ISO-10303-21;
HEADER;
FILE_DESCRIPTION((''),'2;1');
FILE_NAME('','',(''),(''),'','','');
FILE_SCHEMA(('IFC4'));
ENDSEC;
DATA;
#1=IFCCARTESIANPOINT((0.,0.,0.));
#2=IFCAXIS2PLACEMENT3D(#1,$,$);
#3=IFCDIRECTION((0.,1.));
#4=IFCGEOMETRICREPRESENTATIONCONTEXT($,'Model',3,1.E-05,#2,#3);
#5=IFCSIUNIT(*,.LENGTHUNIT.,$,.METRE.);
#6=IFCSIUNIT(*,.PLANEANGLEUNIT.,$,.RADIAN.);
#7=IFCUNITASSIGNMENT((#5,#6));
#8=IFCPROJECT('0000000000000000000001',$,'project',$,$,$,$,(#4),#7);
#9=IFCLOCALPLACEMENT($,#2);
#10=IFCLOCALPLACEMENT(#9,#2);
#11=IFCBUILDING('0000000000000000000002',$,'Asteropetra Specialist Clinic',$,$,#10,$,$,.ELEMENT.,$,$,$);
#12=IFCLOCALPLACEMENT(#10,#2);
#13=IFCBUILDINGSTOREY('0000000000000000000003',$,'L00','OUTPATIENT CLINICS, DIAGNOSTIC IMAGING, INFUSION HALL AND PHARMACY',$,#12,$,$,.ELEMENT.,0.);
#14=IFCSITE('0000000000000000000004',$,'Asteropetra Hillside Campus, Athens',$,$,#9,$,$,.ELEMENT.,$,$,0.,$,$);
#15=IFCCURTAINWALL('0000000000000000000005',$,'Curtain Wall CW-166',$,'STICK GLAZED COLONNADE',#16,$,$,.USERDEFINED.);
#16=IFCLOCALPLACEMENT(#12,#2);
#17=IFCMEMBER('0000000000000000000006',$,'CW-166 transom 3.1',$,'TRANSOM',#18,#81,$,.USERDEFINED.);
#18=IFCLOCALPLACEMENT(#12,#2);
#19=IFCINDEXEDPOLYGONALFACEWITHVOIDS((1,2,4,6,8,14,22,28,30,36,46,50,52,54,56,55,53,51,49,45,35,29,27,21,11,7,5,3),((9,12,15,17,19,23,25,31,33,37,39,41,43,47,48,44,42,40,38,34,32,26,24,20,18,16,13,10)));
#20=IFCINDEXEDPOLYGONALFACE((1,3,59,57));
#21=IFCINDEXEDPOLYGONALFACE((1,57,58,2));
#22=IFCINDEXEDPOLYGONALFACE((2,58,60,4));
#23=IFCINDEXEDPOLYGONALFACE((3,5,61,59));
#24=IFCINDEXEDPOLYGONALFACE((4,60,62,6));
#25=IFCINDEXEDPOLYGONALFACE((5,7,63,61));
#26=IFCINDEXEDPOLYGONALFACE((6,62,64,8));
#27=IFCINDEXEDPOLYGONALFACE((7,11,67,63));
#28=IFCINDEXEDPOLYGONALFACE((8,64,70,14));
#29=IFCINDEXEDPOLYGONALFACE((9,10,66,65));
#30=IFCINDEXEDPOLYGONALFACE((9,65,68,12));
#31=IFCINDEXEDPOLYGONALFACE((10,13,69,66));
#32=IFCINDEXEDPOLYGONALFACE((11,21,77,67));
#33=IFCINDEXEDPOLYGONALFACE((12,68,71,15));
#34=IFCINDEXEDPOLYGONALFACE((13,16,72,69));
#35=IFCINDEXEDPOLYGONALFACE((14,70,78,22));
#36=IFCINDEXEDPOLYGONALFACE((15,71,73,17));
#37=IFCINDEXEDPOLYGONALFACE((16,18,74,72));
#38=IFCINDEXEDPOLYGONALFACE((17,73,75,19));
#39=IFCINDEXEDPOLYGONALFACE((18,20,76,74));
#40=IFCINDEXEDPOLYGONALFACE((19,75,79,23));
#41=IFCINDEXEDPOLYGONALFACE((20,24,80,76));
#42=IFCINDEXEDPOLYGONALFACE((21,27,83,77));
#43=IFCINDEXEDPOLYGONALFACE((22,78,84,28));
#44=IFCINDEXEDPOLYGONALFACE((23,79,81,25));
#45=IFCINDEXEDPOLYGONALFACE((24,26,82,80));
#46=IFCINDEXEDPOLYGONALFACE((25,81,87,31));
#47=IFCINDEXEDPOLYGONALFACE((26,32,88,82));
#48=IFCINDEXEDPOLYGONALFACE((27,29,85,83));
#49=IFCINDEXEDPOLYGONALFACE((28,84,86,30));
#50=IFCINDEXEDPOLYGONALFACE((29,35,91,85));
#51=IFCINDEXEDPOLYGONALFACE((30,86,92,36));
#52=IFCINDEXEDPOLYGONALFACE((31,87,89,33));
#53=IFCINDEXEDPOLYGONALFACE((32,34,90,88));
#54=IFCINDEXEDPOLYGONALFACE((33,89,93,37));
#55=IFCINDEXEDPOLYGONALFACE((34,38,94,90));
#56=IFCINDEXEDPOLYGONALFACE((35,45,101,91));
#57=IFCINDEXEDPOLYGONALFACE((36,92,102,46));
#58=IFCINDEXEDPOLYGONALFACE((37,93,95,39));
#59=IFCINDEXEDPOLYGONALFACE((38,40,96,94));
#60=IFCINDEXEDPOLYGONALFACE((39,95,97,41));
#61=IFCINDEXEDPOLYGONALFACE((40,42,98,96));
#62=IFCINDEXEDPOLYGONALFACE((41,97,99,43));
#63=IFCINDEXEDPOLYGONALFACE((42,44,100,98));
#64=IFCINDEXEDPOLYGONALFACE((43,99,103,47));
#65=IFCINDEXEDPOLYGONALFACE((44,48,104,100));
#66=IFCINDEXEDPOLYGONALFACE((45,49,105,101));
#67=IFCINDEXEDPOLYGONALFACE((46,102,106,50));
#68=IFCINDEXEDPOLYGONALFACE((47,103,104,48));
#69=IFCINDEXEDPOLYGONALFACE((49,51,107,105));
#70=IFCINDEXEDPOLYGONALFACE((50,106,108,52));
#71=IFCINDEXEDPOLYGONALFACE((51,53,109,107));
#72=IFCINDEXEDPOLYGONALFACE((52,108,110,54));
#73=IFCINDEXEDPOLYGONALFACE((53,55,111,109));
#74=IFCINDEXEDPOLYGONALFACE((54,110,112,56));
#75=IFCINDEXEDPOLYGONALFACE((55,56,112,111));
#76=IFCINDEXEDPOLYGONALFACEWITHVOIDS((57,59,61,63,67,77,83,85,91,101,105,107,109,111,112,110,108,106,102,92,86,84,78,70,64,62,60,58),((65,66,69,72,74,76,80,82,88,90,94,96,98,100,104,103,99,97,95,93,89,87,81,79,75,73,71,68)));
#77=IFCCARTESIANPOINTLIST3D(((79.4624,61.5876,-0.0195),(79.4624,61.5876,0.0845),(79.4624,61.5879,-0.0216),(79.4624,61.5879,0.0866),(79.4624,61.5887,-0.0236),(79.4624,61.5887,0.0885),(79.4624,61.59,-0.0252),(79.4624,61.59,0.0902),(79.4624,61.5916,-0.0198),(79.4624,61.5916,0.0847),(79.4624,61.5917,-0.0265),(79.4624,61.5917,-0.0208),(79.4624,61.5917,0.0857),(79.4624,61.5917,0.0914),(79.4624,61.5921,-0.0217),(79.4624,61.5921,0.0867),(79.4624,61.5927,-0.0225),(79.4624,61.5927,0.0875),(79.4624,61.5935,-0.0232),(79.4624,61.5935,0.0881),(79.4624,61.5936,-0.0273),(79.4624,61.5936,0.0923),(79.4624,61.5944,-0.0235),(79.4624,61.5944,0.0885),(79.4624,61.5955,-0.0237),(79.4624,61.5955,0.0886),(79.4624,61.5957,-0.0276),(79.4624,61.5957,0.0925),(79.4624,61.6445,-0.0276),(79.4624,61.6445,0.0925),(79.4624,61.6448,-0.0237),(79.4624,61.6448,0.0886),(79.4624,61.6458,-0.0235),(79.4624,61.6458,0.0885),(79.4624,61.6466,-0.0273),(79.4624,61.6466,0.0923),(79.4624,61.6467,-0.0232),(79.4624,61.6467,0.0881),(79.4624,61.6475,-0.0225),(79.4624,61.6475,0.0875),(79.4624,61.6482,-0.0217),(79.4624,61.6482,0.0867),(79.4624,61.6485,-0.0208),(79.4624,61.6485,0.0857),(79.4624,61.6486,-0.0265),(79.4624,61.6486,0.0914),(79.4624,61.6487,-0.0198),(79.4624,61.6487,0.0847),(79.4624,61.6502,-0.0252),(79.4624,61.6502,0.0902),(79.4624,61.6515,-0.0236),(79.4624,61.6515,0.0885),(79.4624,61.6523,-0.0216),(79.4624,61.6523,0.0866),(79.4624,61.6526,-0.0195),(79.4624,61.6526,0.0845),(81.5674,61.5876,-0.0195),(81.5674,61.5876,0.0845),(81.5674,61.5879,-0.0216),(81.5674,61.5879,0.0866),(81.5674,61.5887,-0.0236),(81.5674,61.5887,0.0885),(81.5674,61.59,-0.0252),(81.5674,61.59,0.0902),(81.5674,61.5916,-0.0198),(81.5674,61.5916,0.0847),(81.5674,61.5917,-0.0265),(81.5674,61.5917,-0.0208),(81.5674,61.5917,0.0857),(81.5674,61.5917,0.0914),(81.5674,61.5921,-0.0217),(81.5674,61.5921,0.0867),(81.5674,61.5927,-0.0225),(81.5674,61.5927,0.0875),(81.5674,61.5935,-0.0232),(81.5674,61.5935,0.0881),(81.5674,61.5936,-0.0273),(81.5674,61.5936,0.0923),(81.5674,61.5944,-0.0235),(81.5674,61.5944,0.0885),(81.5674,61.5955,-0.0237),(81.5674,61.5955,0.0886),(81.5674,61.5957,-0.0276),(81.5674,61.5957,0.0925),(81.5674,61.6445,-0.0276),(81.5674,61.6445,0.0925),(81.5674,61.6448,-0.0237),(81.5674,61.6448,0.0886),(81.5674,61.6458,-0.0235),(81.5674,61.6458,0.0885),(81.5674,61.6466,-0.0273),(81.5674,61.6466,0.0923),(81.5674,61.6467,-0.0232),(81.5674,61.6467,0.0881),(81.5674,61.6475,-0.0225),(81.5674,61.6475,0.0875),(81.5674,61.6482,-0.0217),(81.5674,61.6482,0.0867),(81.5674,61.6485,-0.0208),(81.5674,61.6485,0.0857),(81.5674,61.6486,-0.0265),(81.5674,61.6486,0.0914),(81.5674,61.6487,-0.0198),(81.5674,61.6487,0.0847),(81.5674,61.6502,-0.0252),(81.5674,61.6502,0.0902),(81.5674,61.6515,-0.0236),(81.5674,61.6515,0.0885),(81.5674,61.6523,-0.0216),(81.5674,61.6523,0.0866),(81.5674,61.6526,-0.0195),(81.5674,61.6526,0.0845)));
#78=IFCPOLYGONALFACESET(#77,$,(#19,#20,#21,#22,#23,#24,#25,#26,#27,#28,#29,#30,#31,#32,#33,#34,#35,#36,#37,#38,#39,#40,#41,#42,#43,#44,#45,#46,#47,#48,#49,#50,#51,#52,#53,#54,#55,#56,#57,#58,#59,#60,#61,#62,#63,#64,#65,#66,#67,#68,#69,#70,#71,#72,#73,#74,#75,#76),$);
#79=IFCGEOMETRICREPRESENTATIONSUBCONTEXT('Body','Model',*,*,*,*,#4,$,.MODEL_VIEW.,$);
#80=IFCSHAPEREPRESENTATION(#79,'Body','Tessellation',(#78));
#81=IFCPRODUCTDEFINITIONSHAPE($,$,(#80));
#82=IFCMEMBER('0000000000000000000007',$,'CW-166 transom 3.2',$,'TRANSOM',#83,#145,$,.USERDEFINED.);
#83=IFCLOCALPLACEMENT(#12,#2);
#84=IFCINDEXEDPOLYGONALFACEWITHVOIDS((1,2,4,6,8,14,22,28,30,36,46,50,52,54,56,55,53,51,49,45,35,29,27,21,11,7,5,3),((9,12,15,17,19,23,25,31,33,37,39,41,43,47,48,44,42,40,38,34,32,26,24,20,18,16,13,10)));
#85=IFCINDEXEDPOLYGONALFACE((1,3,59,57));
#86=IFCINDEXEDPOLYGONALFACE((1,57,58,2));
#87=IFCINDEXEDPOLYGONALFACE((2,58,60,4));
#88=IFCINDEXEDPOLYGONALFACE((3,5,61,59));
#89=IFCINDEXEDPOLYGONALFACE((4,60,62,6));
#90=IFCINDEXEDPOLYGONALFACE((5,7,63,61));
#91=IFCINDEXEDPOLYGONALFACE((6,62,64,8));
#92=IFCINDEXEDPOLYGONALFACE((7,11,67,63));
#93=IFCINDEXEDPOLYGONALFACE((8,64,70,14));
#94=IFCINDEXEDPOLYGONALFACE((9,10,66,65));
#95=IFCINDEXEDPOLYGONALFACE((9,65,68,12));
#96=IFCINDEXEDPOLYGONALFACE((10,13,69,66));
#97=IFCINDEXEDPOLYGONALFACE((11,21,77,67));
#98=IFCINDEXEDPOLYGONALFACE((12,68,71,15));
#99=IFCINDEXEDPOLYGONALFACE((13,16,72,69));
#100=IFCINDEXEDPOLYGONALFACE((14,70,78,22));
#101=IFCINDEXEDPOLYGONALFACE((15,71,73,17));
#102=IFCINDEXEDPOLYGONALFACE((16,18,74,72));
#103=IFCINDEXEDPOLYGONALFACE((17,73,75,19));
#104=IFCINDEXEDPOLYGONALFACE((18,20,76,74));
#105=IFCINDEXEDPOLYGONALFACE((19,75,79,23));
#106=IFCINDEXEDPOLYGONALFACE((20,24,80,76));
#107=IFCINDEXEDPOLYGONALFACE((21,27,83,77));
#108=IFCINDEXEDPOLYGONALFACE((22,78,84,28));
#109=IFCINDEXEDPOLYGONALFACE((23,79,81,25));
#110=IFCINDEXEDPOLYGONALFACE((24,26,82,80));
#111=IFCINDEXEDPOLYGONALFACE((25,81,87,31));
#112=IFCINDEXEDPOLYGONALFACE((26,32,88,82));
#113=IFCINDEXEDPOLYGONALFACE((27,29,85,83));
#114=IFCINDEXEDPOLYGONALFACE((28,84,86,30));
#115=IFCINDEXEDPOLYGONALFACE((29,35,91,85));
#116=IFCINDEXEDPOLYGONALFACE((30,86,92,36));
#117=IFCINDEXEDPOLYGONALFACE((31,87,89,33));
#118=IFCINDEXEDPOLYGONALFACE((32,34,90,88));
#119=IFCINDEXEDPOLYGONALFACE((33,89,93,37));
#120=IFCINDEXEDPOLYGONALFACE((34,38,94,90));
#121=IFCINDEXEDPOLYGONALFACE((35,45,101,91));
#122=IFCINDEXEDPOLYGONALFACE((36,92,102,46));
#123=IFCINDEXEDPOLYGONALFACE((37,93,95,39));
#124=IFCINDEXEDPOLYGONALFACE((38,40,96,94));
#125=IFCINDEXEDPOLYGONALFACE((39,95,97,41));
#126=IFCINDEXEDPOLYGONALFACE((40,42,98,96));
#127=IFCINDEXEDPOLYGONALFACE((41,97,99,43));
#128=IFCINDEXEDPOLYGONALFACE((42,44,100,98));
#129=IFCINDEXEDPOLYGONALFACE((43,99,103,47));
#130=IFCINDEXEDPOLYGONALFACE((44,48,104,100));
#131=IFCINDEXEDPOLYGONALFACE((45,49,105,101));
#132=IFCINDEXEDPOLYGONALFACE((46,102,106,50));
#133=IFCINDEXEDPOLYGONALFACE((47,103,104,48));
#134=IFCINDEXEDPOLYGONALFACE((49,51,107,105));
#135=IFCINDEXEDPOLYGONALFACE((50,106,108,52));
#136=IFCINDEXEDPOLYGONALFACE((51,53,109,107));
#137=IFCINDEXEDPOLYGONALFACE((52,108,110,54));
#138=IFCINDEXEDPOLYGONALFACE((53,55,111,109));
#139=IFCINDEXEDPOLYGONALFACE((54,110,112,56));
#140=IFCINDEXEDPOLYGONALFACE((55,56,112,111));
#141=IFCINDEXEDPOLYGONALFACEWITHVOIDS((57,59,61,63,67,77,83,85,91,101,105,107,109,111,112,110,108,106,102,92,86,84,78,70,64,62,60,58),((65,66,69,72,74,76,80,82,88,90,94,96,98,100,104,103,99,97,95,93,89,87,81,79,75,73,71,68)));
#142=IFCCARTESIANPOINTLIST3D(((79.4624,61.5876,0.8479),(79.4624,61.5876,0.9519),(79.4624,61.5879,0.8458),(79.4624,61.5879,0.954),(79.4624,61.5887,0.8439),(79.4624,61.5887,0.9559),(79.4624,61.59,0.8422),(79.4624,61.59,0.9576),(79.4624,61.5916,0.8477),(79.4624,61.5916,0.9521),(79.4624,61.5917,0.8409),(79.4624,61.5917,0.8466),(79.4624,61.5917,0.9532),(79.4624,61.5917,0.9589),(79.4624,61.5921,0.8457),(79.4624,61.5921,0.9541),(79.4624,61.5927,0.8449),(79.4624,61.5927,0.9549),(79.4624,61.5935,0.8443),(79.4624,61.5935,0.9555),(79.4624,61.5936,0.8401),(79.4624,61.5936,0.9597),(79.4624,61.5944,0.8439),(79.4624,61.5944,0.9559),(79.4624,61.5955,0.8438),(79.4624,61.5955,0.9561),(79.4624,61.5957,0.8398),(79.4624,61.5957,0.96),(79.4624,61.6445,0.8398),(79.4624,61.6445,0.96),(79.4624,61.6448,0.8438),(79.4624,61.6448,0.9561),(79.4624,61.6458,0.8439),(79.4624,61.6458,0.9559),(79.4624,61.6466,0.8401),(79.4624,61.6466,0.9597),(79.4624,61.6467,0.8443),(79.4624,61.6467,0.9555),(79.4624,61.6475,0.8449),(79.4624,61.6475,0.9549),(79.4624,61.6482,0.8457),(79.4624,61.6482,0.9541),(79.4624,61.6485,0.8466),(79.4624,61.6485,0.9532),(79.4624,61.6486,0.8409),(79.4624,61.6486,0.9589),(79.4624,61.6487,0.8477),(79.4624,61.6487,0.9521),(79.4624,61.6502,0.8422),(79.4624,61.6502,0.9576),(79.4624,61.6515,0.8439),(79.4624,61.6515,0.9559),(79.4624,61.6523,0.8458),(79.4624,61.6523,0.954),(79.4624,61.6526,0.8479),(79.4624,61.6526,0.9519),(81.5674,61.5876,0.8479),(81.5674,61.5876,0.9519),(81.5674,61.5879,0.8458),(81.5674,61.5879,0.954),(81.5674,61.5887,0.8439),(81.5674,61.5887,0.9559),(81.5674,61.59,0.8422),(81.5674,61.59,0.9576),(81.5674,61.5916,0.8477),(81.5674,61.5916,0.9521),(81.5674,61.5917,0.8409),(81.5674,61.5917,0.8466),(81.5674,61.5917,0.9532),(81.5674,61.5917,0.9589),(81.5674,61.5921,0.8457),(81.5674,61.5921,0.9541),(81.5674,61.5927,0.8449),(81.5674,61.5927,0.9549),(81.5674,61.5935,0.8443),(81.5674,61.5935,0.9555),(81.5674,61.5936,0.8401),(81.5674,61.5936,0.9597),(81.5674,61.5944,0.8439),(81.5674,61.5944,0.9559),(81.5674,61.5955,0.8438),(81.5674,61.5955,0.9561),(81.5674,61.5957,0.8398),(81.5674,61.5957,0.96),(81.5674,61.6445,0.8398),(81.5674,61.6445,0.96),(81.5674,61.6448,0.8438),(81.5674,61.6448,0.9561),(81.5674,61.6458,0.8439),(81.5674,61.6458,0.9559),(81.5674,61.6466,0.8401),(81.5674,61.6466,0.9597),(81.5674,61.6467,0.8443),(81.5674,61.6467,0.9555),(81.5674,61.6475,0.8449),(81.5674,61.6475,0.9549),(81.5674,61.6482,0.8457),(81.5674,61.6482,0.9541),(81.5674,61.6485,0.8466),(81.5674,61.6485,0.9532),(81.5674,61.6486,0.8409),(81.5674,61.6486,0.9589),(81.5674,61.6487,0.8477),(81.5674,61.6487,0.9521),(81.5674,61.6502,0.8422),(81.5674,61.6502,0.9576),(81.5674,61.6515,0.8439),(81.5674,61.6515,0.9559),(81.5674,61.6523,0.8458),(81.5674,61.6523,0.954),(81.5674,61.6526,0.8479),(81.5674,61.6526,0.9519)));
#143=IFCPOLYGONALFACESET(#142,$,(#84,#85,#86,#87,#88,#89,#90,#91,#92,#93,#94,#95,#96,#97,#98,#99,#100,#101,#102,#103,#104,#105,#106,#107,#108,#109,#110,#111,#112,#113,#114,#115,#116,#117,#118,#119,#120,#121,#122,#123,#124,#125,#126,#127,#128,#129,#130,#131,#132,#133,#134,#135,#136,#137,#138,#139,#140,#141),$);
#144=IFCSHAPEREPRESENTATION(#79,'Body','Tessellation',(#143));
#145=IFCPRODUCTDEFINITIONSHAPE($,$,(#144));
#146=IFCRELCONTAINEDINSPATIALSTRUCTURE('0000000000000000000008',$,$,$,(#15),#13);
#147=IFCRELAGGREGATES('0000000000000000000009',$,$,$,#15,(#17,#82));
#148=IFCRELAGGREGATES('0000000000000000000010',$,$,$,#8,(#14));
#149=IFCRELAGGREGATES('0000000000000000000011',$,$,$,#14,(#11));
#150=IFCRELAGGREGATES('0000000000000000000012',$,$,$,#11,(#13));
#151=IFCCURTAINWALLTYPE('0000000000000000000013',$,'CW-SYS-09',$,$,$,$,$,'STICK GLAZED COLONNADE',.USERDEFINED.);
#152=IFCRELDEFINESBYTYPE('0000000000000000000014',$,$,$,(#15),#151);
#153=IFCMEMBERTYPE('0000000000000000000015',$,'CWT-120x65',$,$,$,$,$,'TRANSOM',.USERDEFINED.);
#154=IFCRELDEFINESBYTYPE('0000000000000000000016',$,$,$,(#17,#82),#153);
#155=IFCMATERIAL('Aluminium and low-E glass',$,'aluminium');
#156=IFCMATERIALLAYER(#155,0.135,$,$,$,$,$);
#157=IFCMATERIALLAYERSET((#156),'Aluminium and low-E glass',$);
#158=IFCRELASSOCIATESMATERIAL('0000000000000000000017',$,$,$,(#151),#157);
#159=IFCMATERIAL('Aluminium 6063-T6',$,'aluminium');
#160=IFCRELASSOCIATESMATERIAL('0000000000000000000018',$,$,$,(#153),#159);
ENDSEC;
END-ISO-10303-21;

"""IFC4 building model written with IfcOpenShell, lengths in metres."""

from ifc_helpers import new_model, si_unit, direction, frame, origin, origin_2d, place, context, subcontext, project, spatial, hollow_rectangle, extrude, material, layer, layer_set, material_profile, profile_set, type_object, element, aggregate, save


model = new_model("IFC4")

# Units and contexts
model_context = context("Model", 3, precision=1e-05, world=origin(), true_north=direction((0.0, 1.0)))
body_context = subcontext(model_context, "Body", "Model", "MODEL_VIEW")
ifc_project = project(units=[si_unit("LENGTHUNIT", "METRE"), si_unit("PLANEANGLEUNIT", "RADIAN")], contexts=[model_context])

# Site, building, storey
site_placement = place(None, origin())
site = spatial("IfcSite", under=ifc_project, at=site_placement, Name="Asteropetra Hillside Campus, Athens", CompositionType="ELEMENT", RefElevation=0.0)
building_placement = place(site_placement, origin())
building = spatial("IfcBuilding", under=site, at=building_placement, Name="Asteropetra Specialist Clinic", CompositionType="ELEMENT")
storey_placement = place(building_placement, origin())
storey = spatial("IfcBuildingStorey", under=building, at=storey_placement, Name="L00", Description="OUTPATIENT CLINICS, DIAGNOSTIC IMAGING, INFUSION HALL AND PHARMACY", CompositionType="ELEMENT", Elevation=0.0)

# Curtain wall, members
ifc_material_1 = material(Name="Aluminium and low-E glass", Category="aluminium")
ifc_layer_1 = layer(ifc_material_1, 0.135)
ifc_layer_set_1 = layer_set([ifc_layer_1], Name="Aluminium and low-E glass")
curtain_wall_type = type_object("IfcCurtainWallType", Name="CW-SYS-09", ElementType="STICK GLAZED COLONNADE", PredefinedType="USERDEFINED", material=ifc_layer_set_1)
curtain_wall_placement = place(storey_placement, origin())
curtain_wall = element("IfcCurtainWall", 1, at=curtain_wall_placement, inside=storey, type_object=curtain_wall_type, Name="Curtain Wall CW-166", ObjectType="STICK GLAZED COLONNADE", PredefinedType="USERDEFINED")
ifc_material_2 = material(Name="Aluminium 6063-T6", Category="aluminium")
ifc_material_profile_1 = material_profile(ifc_material_2, hollow_rectangle(XDim=0.0649, YDim=0.1201, WallThickness=0.0039, InnerFilletRadius=0.0039, OuterFilletRadius=0.0081, at=origin_2d()), Name="TRN 120x65x4.0")
ifc_profile_set_1 = profile_set([ifc_material_profile_1], Name="Aluminium 6063-T6")
member_type_1 = type_object("IfcMemberType", Name="CWT-120x65", ElementType="TRANSOM", PredefinedType="USERDEFINED", material=ifc_profile_set_1)
member_1_placement = place(storey_placement, frame((81.5674, 61.6201, 0.0325), z_axis=(-1.0, 0.0, 0.0), x_axis=(0.0, -1.0, 0.0)))
member_1 = element("IfcMember", 2, at=member_1_placement, type_object=member_type_1, Name="CW-166 transom 3.1", ObjectType="TRANSOM", PredefinedType="USERDEFINED", context=body_context, shape_type="SweptSolid", body=[
    extrude(hollow_rectangle(XDim=0.0649, YDim=0.1201, WallThickness=0.0039, InnerFilletRadius=0.0039, OuterFilletRadius=0.0081, at=origin_2d()), origin(), (0.0, 0.0, 1.0), 2.105),
])
member_2_placement = place(storey_placement, frame((81.5674, 61.6201, 0.8999), z_axis=(-1.0, 0.0, 0.0), x_axis=(0.0, -1.0, 0.0)))
member_2 = element("IfcMember", 3, at=member_2_placement, type_object=member_type_1, Name="CW-166 transom 3.2", ObjectType="TRANSOM", PredefinedType="USERDEFINED", context=body_context, shape_type="SweptSolid", body=[
    extrude(hollow_rectangle(XDim=0.0649, YDim=0.1201, WallThickness=0.0039, InnerFilletRadius=0.0039, OuterFilletRadius=0.0081, at=origin_2d()), origin(), (0.0, 0.0, 1.0), 2.105),
])
aggregate(curtain_wall, [member_1, member_2])

save(model, "model.ifc")
